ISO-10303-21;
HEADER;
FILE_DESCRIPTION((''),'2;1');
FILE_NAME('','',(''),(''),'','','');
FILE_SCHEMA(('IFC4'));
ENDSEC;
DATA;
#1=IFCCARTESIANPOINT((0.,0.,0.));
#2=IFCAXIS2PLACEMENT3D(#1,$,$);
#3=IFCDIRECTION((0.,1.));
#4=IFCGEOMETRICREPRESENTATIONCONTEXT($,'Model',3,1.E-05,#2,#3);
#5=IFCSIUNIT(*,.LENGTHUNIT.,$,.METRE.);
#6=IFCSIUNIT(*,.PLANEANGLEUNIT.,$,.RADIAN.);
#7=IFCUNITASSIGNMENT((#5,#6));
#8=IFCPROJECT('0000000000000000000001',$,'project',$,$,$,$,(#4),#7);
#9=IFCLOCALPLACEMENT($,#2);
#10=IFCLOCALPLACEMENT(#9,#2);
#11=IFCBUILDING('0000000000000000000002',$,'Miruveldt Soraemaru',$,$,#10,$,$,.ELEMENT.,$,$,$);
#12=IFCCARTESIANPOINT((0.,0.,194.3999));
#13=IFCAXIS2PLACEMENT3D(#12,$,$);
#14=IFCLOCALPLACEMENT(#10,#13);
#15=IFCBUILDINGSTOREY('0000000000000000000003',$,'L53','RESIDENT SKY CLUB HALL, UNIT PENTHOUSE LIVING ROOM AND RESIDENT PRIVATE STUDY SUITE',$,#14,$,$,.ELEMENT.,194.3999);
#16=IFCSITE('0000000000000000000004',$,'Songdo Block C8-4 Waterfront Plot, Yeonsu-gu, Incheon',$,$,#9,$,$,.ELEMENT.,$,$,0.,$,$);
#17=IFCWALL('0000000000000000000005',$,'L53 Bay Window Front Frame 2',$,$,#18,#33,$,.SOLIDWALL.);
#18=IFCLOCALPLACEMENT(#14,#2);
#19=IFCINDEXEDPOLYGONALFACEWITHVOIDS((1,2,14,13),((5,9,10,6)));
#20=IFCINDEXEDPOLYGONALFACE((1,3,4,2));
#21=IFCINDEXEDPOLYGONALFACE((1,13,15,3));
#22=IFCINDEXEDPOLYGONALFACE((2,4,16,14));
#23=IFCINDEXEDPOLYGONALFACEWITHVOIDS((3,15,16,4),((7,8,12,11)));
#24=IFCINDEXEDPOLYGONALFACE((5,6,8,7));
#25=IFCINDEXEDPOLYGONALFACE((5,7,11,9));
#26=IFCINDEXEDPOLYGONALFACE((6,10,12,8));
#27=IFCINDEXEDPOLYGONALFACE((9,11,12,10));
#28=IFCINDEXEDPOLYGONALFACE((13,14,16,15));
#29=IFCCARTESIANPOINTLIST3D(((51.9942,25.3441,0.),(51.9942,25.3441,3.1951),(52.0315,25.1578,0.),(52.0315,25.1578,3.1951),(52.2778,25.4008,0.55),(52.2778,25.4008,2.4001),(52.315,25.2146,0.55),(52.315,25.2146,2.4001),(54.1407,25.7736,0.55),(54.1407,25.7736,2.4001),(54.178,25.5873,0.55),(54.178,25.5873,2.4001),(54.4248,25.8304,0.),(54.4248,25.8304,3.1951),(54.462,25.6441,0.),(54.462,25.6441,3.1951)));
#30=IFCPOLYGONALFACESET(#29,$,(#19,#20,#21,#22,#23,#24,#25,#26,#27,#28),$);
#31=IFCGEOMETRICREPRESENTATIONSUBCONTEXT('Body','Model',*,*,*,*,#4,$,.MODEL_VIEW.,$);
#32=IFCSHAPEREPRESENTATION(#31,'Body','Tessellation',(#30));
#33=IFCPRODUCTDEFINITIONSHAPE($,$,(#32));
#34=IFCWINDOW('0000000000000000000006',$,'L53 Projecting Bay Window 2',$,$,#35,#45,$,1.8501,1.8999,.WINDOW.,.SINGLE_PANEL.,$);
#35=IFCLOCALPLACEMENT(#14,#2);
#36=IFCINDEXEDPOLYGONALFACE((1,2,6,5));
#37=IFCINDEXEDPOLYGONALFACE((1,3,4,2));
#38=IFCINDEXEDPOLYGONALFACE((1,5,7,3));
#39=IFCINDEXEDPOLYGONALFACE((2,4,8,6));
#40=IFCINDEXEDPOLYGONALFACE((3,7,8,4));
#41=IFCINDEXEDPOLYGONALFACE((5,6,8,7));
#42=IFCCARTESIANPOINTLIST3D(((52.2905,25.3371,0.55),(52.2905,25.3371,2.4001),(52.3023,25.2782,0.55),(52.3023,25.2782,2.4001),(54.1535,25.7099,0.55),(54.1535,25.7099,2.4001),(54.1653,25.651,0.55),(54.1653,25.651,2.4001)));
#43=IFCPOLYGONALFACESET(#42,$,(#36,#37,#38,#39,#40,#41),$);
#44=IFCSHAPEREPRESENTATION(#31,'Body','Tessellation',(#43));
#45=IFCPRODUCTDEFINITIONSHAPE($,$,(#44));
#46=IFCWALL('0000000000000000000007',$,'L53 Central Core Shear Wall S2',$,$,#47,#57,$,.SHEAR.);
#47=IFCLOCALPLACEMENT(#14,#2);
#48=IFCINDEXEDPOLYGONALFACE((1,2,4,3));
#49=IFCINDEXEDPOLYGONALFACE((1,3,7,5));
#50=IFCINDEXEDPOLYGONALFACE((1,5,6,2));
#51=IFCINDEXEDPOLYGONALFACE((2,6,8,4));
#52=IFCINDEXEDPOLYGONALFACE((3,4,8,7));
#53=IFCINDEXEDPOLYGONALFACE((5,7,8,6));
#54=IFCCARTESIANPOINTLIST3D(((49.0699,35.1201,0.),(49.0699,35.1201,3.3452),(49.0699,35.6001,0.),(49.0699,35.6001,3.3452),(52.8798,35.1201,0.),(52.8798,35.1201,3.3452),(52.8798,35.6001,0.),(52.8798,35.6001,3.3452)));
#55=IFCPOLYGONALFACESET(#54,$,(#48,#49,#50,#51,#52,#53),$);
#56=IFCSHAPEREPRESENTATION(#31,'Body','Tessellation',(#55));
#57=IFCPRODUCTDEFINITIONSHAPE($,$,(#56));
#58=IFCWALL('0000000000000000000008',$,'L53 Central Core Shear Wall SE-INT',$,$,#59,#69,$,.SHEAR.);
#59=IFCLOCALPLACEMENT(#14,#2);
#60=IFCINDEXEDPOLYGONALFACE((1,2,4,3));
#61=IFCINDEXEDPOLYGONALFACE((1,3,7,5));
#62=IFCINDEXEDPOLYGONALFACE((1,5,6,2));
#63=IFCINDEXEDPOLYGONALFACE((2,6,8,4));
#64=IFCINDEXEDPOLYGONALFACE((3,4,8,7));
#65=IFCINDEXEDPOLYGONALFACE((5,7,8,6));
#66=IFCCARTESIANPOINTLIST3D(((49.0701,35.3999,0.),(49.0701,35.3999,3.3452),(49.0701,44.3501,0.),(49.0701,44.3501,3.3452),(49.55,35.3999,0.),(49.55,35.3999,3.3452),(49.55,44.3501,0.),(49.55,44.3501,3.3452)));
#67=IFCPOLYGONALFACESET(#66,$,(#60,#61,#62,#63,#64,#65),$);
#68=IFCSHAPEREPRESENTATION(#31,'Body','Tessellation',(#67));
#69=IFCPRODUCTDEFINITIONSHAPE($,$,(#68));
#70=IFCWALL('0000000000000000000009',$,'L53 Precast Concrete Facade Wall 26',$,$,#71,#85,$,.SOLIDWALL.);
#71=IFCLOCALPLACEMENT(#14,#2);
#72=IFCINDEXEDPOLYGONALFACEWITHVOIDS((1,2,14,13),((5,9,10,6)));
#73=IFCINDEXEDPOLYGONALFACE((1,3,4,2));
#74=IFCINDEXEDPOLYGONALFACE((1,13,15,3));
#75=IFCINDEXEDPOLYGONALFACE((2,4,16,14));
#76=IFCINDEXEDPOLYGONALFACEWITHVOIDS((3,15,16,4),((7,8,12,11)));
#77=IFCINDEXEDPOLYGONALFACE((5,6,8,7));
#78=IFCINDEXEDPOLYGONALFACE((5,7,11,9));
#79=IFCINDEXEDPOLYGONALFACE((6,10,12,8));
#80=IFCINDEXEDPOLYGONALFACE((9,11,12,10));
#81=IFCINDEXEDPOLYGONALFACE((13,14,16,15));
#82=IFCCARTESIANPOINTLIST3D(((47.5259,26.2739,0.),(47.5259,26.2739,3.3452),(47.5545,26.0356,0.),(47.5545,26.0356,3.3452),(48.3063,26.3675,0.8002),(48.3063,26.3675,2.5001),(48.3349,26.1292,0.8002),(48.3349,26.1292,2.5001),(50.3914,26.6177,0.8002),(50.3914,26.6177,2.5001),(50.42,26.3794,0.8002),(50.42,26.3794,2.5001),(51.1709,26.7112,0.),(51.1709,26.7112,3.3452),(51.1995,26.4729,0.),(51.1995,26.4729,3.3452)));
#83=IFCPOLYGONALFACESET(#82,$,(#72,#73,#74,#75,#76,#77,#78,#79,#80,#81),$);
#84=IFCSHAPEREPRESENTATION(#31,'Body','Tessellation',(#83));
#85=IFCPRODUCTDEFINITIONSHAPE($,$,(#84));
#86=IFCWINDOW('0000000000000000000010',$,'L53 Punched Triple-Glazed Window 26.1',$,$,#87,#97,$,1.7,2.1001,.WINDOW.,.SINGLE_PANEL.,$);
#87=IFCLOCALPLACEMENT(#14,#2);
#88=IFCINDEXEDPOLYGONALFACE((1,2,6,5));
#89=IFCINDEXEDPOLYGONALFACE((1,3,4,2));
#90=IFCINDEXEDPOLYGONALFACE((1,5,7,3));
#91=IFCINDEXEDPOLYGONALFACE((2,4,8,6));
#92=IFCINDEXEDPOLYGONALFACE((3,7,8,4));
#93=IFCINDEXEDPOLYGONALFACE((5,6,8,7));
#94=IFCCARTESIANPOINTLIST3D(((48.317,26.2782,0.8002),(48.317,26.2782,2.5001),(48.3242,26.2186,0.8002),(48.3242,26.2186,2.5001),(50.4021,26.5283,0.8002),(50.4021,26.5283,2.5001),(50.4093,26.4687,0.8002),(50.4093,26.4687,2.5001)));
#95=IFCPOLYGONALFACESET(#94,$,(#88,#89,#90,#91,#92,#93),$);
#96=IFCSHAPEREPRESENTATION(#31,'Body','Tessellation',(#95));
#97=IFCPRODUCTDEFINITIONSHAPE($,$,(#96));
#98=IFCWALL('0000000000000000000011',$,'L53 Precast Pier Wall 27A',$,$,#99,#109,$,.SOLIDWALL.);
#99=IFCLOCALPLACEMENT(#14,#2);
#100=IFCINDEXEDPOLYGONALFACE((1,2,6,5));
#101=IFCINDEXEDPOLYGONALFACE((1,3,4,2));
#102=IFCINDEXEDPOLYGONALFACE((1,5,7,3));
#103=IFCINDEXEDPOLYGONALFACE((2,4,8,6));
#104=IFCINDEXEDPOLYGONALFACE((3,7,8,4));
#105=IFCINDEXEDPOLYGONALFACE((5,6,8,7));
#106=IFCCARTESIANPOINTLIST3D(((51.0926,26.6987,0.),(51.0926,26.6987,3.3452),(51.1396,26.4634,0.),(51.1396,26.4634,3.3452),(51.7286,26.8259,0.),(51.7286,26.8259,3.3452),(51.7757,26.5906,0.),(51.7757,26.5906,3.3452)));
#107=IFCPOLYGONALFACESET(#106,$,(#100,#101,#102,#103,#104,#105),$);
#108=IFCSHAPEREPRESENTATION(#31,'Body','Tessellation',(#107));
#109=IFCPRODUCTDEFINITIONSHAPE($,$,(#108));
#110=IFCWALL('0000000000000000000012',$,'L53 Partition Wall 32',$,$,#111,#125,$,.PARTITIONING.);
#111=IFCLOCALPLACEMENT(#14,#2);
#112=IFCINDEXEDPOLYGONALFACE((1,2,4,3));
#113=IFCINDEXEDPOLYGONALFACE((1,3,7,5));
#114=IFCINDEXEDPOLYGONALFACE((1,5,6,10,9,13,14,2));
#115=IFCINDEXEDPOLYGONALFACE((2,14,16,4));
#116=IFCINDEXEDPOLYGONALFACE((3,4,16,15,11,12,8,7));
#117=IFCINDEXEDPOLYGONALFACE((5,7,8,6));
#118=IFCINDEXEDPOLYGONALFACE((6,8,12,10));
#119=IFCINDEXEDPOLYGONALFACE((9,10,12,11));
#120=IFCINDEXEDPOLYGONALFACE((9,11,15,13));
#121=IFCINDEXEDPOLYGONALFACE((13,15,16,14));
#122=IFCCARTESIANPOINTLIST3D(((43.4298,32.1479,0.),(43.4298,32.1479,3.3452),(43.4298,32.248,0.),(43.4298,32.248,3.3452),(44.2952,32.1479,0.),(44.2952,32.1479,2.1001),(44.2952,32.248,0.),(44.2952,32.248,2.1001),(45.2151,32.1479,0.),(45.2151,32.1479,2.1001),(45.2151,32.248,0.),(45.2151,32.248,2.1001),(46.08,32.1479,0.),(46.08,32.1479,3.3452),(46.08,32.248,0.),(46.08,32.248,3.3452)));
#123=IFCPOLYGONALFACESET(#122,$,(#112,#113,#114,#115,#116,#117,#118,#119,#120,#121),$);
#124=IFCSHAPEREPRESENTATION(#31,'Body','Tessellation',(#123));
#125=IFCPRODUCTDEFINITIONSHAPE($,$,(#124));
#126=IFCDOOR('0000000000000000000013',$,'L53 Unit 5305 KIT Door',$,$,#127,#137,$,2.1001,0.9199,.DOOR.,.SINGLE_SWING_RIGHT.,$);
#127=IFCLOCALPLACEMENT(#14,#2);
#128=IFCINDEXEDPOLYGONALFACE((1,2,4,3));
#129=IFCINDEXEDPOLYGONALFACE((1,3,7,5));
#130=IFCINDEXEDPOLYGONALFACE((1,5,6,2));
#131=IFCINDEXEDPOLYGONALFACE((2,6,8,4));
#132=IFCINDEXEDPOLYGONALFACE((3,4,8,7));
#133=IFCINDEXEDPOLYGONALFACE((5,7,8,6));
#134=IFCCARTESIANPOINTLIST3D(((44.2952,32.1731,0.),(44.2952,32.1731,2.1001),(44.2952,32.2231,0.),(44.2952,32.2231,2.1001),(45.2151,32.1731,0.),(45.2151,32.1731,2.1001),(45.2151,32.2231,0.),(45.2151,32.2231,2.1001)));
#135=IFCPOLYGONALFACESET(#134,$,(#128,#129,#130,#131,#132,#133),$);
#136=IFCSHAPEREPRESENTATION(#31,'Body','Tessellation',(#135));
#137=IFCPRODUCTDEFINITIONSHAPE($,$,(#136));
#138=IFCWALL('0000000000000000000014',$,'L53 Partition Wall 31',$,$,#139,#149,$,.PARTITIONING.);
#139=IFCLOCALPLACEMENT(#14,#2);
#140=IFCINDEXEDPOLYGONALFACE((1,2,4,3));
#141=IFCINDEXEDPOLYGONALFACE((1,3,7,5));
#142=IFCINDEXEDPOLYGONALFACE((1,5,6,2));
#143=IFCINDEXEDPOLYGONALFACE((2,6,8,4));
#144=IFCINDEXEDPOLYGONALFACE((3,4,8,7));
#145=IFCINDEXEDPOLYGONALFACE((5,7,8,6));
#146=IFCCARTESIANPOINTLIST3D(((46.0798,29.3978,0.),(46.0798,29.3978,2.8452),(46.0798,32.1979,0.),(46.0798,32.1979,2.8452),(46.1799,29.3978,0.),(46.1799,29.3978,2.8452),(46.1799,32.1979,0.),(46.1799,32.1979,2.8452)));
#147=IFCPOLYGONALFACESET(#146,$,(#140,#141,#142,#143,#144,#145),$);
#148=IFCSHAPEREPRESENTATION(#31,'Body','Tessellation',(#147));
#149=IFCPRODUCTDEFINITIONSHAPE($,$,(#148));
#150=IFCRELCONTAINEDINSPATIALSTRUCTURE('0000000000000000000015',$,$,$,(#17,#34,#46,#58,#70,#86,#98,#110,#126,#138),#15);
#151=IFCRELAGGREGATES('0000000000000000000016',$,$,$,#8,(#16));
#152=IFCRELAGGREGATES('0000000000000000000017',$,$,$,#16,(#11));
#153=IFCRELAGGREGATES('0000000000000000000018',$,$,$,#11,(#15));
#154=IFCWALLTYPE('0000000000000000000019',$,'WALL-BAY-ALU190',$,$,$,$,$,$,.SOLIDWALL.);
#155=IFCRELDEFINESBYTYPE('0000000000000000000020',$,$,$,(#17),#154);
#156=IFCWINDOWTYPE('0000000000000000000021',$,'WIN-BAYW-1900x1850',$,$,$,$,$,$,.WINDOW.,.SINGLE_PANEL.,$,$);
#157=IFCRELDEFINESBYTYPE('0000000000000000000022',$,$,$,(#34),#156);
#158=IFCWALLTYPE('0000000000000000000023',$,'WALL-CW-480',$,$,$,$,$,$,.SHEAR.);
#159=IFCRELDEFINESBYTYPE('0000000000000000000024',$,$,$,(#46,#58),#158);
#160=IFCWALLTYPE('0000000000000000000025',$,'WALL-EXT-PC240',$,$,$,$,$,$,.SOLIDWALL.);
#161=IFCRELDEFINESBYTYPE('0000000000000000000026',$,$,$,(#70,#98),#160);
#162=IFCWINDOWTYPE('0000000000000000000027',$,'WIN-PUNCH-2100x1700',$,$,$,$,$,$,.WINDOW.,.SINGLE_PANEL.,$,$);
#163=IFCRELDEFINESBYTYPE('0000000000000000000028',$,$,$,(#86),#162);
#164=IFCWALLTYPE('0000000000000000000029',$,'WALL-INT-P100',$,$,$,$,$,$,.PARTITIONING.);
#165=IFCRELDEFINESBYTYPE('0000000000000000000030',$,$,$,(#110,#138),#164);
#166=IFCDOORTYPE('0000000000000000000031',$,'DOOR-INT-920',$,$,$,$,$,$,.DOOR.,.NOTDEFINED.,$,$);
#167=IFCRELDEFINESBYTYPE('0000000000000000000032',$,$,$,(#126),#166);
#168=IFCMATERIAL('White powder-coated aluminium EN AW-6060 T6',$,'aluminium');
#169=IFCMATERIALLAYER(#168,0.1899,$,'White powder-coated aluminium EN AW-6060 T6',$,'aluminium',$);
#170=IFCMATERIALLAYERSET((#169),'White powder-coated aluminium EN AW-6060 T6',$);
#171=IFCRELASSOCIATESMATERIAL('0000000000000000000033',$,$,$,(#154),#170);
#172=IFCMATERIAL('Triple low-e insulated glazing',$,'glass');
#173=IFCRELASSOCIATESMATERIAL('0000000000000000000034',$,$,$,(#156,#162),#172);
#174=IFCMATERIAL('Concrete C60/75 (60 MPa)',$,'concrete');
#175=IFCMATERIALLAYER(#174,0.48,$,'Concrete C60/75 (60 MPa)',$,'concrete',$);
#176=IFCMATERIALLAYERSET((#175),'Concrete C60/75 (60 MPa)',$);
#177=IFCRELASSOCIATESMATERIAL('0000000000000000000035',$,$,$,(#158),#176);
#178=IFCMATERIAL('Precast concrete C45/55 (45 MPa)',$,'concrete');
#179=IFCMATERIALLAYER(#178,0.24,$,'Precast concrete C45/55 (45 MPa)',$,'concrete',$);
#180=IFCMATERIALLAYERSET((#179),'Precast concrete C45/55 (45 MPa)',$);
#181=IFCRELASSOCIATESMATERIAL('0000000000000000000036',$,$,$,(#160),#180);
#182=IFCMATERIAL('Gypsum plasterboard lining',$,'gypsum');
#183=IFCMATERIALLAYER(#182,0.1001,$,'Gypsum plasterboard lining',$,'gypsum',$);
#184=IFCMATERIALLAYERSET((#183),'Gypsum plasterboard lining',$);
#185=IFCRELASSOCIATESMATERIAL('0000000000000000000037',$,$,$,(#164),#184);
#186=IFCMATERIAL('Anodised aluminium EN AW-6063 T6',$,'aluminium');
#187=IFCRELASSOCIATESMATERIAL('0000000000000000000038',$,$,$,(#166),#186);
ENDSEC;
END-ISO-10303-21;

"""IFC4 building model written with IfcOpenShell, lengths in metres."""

from ifc_helpers import new_model, si_unit, direction, frame, frame_2d, origin, place, context, subcontext, project, spatial, rectangle, extrude, material, layer, layer_set, type_object, element, fill, save


model = new_model("IFC4")

# Units and contexts
model_context = context("Model", 3, precision=1e-05, world=origin(), true_north=direction((0.0, 1.0)))
body_context = subcontext(model_context, "Body", "Model", "MODEL_VIEW")
ifc_project = project(units=[si_unit("LENGTHUNIT", "METRE"), si_unit("PLANEANGLEUNIT", "RADIAN")], contexts=[model_context])

# Site, building, storey
site_placement = place(None, origin())
site = spatial("IfcSite", under=ifc_project, at=site_placement, Name="Songdo Block C8-4 Waterfront Plot, Yeonsu-gu, Incheon", CompositionType="ELEMENT", RefElevation=0.0)
building_placement = place(site_placement, origin())
building = spatial("IfcBuilding", under=site, at=building_placement, Name="Miruveldt Soraemaru", CompositionType="ELEMENT")
storey_placement = place(building_placement, frame((0.0, 0.0, 194.3999)))
storey = spatial("IfcBuildingStorey", under=building, at=storey_placement, Name="L53", Description="RESIDENT SKY CLUB HALL, UNIT PENTHOUSE LIVING ROOM AND RESIDENT PRIVATE STUDY SUITE", CompositionType="ELEMENT", Elevation=194.3999)

# Shared definitions
ifc_material_1 = material(Name="Concrete C60/75 (60 MPa)", Category="concrete")

# Shared definitions
ifc_material_2 = material(Name="White powder-coated aluminium EN AW-6060 T6", Category="aluminium")
ifc_layer_1 = layer(ifc_material_2, 0.1899, Name="White powder-coated aluminium EN AW-6060 T6", Category="aluminium")
ifc_layer_set_1 = layer_set([ifc_layer_1], Name="White powder-coated aluminium EN AW-6060 T6")
wall_type_1 = type_object("IfcWallType", Name="WALL-BAY-ALU190", PredefinedType="SOLIDWALL", material=ifc_layer_set_1)

# Wall, opening, window
wall_1_placement = place(storey_placement, frame((52.0129, 25.251, 0.0), z_axis=(0.0, 0.0, 1.0), x_axis=(0.980566, 0.196192, 0.0)))
wall_1 = element("IfcWall", 1, at=wall_1_placement, inside=storey, type_object=wall_type_1, Name="L53 Bay Window Front Frame 2", PredefinedType="SOLIDWALL", context=body_context, shape_type="SweptSolid", body=[
    extrude(rectangle(XDim=2.4788, YDim=0.1899, at=frame_2d((1.2393, 0.0))), origin(), (0.0, 0.0, 1.0), 3.1951),
])
opening_1_placement = place(wall_1_placement, frame((0.2891, 0.0, 0.55)))
opening_1 = element("IfcOpeningElement", 2, at=opening_1_placement, cuts=wall_1, PredefinedType="OPENING", context=body_context, shape_type="SweptSolid", body=[
    extrude(rectangle(XDim=1.8999, YDim=1.8501, at=frame_2d((0.95, 0.925))), frame((0.0, 0.105, 0.0), z_axis=(0.0, -1.0, 0.0), x_axis=(1.0, 0.0, 0.0)), (0.0, 0.0, 1.0), 0.21),
])
ifc_material_3 = material(Name="Triple low-e insulated glazing", Category="glass")
window_type_1 = type_object("IfcWindowType", Name="WIN-BAYW-1900x1850", PartitioningType="SINGLE_PANEL", PredefinedType="WINDOW", material=ifc_material_3)
window_1_placement = place(opening_1_placement, origin())
window_1 = element("IfcWindow", 3, at=window_1_placement, inside=storey, type_object=window_type_1, Name="L53 Projecting Bay Window 2", OverallHeight=1.8501, OverallWidth=1.8999, PartitioningType="SINGLE_PANEL", PredefinedType="WINDOW", context=body_context, shape_type="SweptSolid", body=[
    extrude(rectangle(XDim=1.8999, YDim=1.8501, at=frame_2d((0.95, 0.925))), frame((0.0, 0.03, 0.0), z_axis=(0.0, -1.0, 0.0), x_axis=(1.0, 0.0, 0.0)), (0.0, 0.0, 1.0), 0.0601),
])
fill(opening_1, window_1)

# Walls
ifc_layer_2 = layer(ifc_material_1, 0.48, Name="Concrete C60/75 (60 MPa)", Category="concrete")
ifc_layer_set_2 = layer_set([ifc_layer_2], Name="Concrete C60/75 (60 MPa)")
wall_type_2 = type_object("IfcWallType", Name="WALL-CW-480", PredefinedType="SHEAR", material=ifc_layer_set_2)
wall_2_placement = place(storey_placement, frame((49.0701, 35.3601, 0.0), z_axis=(0.0, 0.0, 1.0), x_axis=(1.0, 0.0, 0.0)))
element("IfcWall", 4, at=wall_2_placement, inside=storey, type_object=wall_type_2, Name="L53 Central Core Shear Wall S2", PredefinedType="SHEAR", context=body_context, shape_type="SweptSolid", body=[
    extrude(rectangle(XDim=3.8098, YDim=0.48, at=frame_2d((1.9048, 0.0))), origin(), (0.0, 0.0, 1.0), 3.3452),
])
wall_3_placement = place(storey_placement, frame((49.3101, 35.3999, 0.0), z_axis=(0.0, 0.0, 1.0), x_axis=(0.0, 1.0, 0.0)))
element("IfcWall", 5, at=wall_3_placement, inside=storey, type_object=wall_type_2, Name="L53 Central Core Shear Wall SE-INT", PredefinedType="SHEAR", context=body_context, shape_type="SweptSolid", body=[
    extrude(rectangle(XDim=8.9502, YDim=0.48, at=frame_2d((4.4751, 0.0))), origin(), (0.0, 0.0, 1.0), 3.3452),
])

# Wall, opening, window
ifc_material_4 = material(Name="Precast concrete C45/55 (45 MPa)", Category="concrete")
ifc_layer_3 = layer(ifc_material_4, 0.24, Name="Precast concrete C45/55 (45 MPa)", Category="concrete")
ifc_layer_set_3 = layer_set([ifc_layer_3], Name="Precast concrete C45/55 (45 MPa)")
wall_type_3 = type_object("IfcWallType", Name="WALL-EXT-PC240", PredefinedType="SOLIDWALL", material=ifc_layer_set_3)
wall_4_placement = place(storey_placement, frame((47.5403, 26.1548, 0.0), z_axis=(0.0, 0.0, 1.0), x_axis=(0.992882, 0.119106, 0.0)))
wall_4 = element("IfcWall", 6, at=wall_4_placement, inside=storey, type_object=wall_type_3, Name="L53 Precast Concrete Facade Wall 26", PredefinedType="SOLIDWALL", context=body_context, shape_type="SweptSolid", body=[
    extrude(rectangle(XDim=3.6711, YDim=0.24, at=frame_2d((1.8354, 0.0))), origin(), (0.0, 0.0, 1.0), 3.3452),
])
opening_2_placement = place(wall_4_placement, frame((0.7859, 0.0, 0.8)))
opening_2 = element("IfcOpeningElement", 7, at=opening_2_placement, cuts=wall_4, PredefinedType="OPENING", context=body_context, shape_type="SweptSolid", body=[
    extrude(rectangle(XDim=2.1001, YDim=1.7, at=frame_2d((1.05, 0.8501))), frame((0.0, 0.1299, 0.0), z_axis=(0.0, -1.0, 0.0), x_axis=(1.0, 0.0, 0.0)), (0.0, 0.0, 1.0), 0.26),
])
window_type_2 = type_object("IfcWindowType", Name="WIN-PUNCH-2100x1700", PartitioningType="SINGLE_PANEL", PredefinedType="WINDOW", material=ifc_material_3)
window_2_placement = place(opening_2_placement, origin())
window_2 = element("IfcWindow", 8, at=window_2_placement, inside=storey, type_object=window_type_2, Name="L53 Punched Triple-Glazed Window 26.1", OverallHeight=1.7, OverallWidth=2.1001, PartitioningType="SINGLE_PANEL", PredefinedType="WINDOW", context=body_context, shape_type="SweptSolid", body=[
    extrude(rectangle(XDim=2.1001, YDim=1.7, at=frame_2d((1.05, 0.8501))), frame((0.0, 0.03, 0.0), z_axis=(0.0, -1.0, 0.0), x_axis=(1.0, 0.0, 0.0)), (0.0, 0.0, 1.0), 0.0601),
])
fill(opening_2, window_2)

# Wall
wall_5_placement = place(storey_placement, frame((51.1162, 26.5811, 0.0), z_axis=(0.0, 0.0, 1.0), x_axis=(0.980581, 0.196116, 0.0)))
element("IfcWall", 9, at=wall_5_placement, inside=storey, type_object=wall_type_3, Name="L53 Precast Pier Wall 27A", PredefinedType="SOLIDWALL", context=body_context, shape_type="SweptSolid", body=[
    extrude(rectangle(XDim=0.6487, YDim=0.24, at=frame_2d((0.3242, 0.0))), origin(), (0.0, 0.0, 1.0), 3.3452),
])

# Wall, opening, door
ifc_material_5 = material(Name="Gypsum plasterboard lining", Category="gypsum")
ifc_layer_4 = layer(ifc_material_5, 0.1001, Name="Gypsum plasterboard lining", Category="gypsum")
ifc_layer_set_4 = layer_set([ifc_layer_4], Name="Gypsum plasterboard lining")
wall_type_4 = type_object("IfcWallType", Name="WALL-INT-P100", PredefinedType="PARTITIONING", material=ifc_layer_set_4)
wall_6_placement = place(storey_placement, frame((46.0801, 32.198, 0.0), z_axis=(0.0, 0.0, 1.0), x_axis=(-1.0, 0.0, 0.0)))
wall_6 = element("IfcWall", 10, at=wall_6_placement, inside=storey, type_object=wall_type_4, Name="L53 Partition Wall 32", PredefinedType="PARTITIONING", context=body_context, shape_type="SweptSolid", body=[
    extrude(rectangle(XDim=2.6501, YDim=0.1001, at=frame_2d((1.3252, 0.0))), origin(), (0.0, 0.0, 1.0), 3.3452),
])
opening_3_placement = place(wall_6_placement, frame((0.865, 0.0, 0.0)))
opening_3 = element("IfcOpeningElement", 11, at=opening_3_placement, cuts=wall_6, PredefinedType="OPENING", context=body_context, shape_type="SweptSolid", body=[
    extrude(rectangle(XDim=0.9199, YDim=2.1001, at=frame_2d((0.46, 1.05))), frame((0.0, 0.0601, 0.0), z_axis=(0.0, -1.0, 0.0), x_axis=(1.0, 0.0, 0.0)), (0.0, 0.0, 1.0), 0.1201),
])
ifc_material_6 = material(Name="Anodised aluminium EN AW-6063 T6", Category="aluminium")
door_type_1 = type_object("IfcDoorType", Name="DOOR-INT-920", OperationType="NOTDEFINED", PredefinedType="DOOR", material=ifc_material_6)
door_1_placement = place(opening_3_placement, origin())
door_1 = element("IfcDoor", 12, at=door_1_placement, inside=storey, type_object=door_type_1, Name="L53 Unit 5305 KIT Door", OperationType="SINGLE_SWING_RIGHT", OverallHeight=2.1001, OverallWidth=0.9199, PredefinedType="DOOR", context=body_context, shape_type="SweptSolid", body=[
    extrude(rectangle(XDim=0.9199, YDim=2.1001, at=frame_2d((0.46, 1.05))), frame((0.0, 0.0249, 0.0), z_axis=(0.0, -1.0, 0.0), x_axis=(1.0, 0.0, 0.0)), (0.0, 0.0, 1.0), 0.05),
])
fill(opening_3, door_1)

# Wall
wall_7_placement = place(storey_placement, frame((46.1299, 29.3979, 0.0), z_axis=(0.0, 0.0, 1.0), x_axis=(0.0, 1.0, 0.0)))
element("IfcWall", 13, at=wall_7_placement, inside=storey, type_object=wall_type_4, Name="L53 Partition Wall 31", PredefinedType="PARTITIONING", context=body_context, shape_type="SweptSolid", body=[
    extrude(rectangle(XDim=2.8, YDim=0.1001, at=frame_2d((1.3999, 0.0))), origin(), (0.0, 0.0, 1.0), 2.8452),
])

save(model, "model.ifc")
